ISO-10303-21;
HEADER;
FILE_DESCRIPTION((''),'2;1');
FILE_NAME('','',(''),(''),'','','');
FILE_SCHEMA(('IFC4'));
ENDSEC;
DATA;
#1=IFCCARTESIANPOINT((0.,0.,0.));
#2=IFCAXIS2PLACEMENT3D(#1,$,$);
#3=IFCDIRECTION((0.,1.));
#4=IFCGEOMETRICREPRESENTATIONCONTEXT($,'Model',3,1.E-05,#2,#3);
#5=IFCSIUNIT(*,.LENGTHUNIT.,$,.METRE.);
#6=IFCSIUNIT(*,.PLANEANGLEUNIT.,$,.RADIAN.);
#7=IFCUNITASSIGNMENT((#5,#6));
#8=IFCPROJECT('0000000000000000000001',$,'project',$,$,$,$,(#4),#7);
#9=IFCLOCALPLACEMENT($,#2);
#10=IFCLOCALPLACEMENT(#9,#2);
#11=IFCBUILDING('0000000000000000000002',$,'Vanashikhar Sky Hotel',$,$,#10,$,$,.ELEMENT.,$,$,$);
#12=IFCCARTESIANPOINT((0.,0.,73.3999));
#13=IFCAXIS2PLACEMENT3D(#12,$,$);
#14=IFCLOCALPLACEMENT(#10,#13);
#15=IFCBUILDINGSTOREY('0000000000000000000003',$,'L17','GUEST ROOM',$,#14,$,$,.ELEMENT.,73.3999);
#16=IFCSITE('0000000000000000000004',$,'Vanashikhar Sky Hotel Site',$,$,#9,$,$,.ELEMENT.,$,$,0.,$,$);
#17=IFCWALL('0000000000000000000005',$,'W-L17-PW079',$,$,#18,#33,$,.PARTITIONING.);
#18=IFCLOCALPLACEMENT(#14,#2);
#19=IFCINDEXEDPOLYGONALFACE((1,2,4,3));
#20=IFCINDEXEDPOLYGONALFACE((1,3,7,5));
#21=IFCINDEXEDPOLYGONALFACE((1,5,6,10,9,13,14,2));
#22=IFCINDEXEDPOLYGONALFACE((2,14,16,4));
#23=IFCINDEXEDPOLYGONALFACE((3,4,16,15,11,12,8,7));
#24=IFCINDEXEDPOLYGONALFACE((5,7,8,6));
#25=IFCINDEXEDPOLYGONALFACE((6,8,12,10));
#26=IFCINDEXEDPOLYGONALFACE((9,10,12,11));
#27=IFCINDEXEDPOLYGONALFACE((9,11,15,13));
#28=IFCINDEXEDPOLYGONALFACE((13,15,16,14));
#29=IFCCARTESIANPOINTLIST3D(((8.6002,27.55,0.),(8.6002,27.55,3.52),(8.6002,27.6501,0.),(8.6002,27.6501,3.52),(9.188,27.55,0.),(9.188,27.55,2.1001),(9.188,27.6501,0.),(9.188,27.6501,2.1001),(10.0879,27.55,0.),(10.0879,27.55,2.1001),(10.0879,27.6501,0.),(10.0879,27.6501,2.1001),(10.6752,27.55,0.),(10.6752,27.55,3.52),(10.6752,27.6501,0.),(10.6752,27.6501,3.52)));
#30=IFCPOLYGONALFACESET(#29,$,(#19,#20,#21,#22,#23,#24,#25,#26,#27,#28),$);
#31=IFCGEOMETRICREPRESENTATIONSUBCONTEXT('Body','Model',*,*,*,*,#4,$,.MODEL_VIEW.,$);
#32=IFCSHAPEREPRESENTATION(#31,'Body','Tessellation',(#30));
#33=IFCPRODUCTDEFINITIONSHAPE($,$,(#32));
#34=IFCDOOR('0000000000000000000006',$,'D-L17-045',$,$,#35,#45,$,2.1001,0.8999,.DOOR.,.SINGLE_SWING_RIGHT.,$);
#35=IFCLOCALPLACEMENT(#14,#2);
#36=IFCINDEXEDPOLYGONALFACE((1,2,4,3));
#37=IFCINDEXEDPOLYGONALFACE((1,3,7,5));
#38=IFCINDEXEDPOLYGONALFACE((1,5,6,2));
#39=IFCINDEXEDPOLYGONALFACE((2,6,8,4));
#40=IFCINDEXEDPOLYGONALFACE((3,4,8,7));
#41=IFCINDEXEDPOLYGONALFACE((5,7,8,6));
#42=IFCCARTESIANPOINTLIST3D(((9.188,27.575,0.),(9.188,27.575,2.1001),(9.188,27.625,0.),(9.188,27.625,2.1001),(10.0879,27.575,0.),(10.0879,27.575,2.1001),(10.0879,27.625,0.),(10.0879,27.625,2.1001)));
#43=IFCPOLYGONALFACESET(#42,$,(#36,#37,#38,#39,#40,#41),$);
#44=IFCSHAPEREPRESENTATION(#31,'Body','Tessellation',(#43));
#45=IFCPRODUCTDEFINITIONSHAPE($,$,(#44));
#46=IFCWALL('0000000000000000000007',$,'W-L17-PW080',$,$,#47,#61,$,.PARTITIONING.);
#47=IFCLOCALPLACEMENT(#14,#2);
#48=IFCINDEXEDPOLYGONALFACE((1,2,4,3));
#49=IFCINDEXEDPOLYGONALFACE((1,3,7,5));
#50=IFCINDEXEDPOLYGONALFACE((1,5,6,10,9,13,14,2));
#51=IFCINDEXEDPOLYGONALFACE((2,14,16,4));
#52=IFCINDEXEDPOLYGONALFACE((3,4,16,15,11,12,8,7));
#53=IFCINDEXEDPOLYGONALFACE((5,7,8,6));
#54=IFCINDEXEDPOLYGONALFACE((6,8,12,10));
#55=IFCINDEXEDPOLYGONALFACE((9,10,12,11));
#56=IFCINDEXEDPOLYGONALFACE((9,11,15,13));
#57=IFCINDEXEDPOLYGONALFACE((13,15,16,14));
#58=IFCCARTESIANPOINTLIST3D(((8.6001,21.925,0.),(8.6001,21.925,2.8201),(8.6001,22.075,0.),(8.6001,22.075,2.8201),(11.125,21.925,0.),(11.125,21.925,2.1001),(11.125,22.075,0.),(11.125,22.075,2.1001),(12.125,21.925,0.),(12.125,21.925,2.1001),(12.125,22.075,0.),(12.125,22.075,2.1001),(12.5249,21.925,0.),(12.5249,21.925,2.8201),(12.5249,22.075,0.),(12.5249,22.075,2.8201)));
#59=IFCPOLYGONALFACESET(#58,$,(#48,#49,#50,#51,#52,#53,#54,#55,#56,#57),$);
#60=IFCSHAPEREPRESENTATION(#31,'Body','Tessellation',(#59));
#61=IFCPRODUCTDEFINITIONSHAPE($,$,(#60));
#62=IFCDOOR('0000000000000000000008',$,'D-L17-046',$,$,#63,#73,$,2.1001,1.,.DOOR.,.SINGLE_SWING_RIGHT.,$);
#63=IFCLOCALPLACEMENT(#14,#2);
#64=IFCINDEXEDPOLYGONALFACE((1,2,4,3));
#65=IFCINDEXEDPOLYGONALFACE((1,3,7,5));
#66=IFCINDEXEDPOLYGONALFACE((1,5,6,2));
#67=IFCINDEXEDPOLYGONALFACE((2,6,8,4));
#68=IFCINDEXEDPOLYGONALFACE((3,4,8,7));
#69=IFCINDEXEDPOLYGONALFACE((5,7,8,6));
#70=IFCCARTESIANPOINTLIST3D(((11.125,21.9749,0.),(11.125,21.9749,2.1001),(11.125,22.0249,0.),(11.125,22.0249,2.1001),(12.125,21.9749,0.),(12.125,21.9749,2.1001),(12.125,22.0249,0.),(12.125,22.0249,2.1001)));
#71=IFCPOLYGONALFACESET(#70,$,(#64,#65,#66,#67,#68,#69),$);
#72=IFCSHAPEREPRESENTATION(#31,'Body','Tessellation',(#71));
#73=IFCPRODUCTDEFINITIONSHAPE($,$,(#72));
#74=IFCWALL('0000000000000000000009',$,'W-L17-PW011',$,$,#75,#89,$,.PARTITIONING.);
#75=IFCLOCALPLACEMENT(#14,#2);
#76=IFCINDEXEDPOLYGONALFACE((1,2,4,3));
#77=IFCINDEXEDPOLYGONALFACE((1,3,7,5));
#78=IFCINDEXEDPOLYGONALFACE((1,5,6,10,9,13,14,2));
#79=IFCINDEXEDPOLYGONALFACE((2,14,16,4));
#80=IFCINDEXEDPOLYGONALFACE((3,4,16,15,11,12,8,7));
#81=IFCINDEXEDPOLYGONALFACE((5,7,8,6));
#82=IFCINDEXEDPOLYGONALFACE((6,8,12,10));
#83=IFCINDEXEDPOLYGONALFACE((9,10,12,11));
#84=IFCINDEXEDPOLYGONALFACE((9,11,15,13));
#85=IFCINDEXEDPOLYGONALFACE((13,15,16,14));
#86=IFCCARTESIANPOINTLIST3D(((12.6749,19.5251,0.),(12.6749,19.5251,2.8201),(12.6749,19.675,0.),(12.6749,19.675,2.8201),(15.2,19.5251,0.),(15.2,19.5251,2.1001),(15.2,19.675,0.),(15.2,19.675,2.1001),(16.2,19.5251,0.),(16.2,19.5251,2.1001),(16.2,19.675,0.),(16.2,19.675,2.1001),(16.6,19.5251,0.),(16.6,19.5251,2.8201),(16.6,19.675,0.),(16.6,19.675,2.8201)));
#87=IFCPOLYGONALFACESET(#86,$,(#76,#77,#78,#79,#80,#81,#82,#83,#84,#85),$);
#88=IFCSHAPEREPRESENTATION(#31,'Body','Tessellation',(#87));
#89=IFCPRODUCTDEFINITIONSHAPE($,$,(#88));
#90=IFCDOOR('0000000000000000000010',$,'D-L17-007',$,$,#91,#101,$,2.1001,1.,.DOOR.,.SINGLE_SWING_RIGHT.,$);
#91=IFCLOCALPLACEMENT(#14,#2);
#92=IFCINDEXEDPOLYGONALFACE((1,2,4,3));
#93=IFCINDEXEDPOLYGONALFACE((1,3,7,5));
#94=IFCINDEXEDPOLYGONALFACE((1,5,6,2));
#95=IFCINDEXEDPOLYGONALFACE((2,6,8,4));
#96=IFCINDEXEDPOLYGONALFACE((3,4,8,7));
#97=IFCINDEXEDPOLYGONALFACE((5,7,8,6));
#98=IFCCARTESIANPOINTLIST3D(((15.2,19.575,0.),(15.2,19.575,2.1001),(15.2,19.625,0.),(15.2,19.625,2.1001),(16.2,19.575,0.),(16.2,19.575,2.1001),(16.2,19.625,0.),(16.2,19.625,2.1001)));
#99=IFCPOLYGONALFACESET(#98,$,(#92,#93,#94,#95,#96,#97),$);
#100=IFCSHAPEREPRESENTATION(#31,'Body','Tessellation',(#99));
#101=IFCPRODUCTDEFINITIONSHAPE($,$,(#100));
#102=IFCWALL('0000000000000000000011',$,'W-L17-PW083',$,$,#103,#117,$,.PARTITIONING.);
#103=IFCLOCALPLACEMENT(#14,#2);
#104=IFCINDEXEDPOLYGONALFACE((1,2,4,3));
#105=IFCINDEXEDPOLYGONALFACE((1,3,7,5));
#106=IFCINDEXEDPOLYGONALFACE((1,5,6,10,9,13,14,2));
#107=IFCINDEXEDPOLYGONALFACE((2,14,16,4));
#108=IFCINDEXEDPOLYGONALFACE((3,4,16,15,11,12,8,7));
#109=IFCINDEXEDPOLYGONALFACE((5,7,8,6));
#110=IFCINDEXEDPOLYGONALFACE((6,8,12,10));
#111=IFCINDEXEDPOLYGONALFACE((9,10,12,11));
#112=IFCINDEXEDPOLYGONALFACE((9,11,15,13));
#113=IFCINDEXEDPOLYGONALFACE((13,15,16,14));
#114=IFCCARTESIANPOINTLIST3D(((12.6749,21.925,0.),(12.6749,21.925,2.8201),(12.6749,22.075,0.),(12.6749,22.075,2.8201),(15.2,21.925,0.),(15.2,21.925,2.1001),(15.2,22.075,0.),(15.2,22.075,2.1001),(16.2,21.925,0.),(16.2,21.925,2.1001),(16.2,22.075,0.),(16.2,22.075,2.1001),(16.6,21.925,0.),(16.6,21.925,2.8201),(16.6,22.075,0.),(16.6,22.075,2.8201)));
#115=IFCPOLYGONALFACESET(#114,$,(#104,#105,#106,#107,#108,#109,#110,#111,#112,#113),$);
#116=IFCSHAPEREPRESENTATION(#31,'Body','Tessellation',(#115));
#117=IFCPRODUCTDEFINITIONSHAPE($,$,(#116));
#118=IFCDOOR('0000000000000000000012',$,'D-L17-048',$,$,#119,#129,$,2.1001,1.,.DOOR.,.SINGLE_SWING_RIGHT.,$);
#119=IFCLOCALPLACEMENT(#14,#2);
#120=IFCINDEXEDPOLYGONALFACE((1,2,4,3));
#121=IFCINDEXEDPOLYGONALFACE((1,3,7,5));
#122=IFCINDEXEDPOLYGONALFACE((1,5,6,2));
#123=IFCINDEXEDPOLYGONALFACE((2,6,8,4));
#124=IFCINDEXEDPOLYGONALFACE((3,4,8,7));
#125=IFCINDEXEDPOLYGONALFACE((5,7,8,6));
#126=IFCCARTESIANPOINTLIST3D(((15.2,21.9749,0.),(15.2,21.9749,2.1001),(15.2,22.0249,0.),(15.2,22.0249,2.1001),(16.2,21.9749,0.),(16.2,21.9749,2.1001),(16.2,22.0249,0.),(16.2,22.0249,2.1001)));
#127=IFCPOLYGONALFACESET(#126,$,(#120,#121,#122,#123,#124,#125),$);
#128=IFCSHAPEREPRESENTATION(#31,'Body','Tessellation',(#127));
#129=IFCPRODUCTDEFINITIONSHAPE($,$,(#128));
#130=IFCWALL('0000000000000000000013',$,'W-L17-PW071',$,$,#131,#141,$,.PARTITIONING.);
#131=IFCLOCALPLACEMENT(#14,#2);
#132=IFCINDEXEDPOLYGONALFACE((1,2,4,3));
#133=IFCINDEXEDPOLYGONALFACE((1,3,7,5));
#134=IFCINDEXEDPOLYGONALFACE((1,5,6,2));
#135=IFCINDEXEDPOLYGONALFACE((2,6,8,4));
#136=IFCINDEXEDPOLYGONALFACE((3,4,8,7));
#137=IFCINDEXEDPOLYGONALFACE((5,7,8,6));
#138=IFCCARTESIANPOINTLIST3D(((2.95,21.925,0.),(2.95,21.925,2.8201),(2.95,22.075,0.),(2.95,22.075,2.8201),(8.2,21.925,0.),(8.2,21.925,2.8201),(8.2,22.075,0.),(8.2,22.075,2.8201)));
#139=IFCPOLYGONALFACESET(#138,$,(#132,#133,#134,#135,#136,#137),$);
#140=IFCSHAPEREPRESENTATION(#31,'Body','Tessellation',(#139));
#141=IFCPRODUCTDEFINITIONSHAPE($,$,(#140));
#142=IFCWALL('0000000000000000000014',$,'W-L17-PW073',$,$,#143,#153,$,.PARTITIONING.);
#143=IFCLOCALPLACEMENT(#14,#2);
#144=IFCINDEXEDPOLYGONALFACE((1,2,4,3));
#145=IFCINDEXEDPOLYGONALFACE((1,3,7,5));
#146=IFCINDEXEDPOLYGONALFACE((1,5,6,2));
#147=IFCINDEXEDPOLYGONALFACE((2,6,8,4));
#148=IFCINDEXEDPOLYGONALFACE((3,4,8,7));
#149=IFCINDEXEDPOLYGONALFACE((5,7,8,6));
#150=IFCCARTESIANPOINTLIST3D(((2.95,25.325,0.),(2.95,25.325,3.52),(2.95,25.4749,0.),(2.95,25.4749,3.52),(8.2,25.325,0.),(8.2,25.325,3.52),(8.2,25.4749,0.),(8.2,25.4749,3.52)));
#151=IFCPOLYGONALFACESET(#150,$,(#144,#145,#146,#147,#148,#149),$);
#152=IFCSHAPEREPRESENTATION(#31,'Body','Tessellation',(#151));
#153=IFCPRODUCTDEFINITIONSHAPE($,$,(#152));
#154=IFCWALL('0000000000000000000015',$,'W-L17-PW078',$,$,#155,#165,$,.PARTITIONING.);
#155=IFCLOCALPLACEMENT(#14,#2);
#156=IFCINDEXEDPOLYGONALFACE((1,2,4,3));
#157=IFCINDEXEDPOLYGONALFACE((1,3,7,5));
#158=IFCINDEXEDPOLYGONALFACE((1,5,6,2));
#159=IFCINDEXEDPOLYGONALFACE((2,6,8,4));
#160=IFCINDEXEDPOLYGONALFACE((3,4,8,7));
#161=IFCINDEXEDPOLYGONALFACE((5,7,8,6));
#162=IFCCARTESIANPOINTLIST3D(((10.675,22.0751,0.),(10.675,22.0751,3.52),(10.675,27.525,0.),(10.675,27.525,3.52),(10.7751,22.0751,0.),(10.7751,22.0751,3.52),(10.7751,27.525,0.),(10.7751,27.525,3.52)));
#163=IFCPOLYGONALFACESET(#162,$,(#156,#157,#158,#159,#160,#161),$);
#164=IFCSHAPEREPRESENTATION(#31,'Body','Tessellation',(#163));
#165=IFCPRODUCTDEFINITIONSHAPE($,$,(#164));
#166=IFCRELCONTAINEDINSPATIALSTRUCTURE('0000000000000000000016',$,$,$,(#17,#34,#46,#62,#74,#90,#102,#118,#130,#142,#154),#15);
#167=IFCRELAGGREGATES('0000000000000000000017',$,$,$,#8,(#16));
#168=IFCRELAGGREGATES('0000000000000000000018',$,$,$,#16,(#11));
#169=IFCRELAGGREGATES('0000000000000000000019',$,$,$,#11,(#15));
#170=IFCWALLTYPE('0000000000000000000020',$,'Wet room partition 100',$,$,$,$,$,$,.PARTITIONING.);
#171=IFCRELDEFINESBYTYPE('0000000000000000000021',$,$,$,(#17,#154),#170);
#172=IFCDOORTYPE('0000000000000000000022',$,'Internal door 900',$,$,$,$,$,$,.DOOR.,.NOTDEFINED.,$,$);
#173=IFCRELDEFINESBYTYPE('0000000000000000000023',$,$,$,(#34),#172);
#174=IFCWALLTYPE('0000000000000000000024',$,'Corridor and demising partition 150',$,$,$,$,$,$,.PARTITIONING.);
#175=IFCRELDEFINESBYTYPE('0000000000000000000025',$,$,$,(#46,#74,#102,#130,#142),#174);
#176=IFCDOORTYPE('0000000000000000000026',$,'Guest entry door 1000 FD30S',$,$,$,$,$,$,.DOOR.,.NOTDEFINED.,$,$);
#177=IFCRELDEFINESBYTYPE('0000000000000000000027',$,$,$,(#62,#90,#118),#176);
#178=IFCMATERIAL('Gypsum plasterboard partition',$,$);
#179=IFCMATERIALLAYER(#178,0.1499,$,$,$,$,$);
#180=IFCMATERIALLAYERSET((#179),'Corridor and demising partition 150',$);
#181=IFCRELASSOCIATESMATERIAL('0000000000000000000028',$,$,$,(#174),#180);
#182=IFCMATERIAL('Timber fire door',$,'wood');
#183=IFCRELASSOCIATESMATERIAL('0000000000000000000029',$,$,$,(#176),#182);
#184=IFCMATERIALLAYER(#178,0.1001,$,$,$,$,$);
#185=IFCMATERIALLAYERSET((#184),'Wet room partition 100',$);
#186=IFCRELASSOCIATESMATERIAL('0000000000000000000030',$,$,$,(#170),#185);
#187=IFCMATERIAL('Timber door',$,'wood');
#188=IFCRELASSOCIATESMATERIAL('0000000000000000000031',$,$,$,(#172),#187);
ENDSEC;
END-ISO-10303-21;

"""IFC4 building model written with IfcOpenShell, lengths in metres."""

from ifc_helpers import new_model, si_unit, direction, frame, frame_2d, origin, place, context, subcontext, project, spatial, rectangle, extrude, source, transform, mapped, material, layer, layer_set, type_object, element, fill, save


model = new_model("IFC4")

# Units and contexts
model_context = context("Model", 3, precision=1e-05, world=origin(), true_north=direction((0.0, 1.0)))
body_context = subcontext(model_context, "Body", "Model", "MODEL_VIEW")
ifc_project = project(units=[si_unit("LENGTHUNIT", "METRE"), si_unit("PLANEANGLEUNIT", "RADIAN")], contexts=[model_context])

# Site, building, storey
site_placement = place(None, origin())
site = spatial("IfcSite", under=ifc_project, at=site_placement, Name="Vanashikhar Sky Hotel Site", CompositionType="ELEMENT", RefElevation=0.0)
building_placement = place(site_placement, origin())
building = spatial("IfcBuilding", under=site, at=building_placement, Name="Vanashikhar Sky Hotel", CompositionType="ELEMENT")
storey_placement = place(building_placement, frame((0.0, 0.0, 73.3999)))
storey = spatial("IfcBuildingStorey", under=building, at=storey_placement, Name="L17", Description="GUEST ROOM", CompositionType="ELEMENT", Elevation=73.3999)

# Walls, openings, doors
ifc_material_1 = material(Name="Gypsum plasterboard partition")
ifc_layer_1 = layer(ifc_material_1, 0.1499)
ifc_layer_set_1 = layer_set([ifc_layer_1], Name="Corridor and demising partition 150")
wall_type_1 = type_object("IfcWallType", Name="Corridor and demising partition 150", PredefinedType="PARTITIONING", material=ifc_layer_set_1)
shared_shape_1 = source(origin(), body_context, "Body", "SweptSolid", [
    extrude(rectangle(XDim=1.0, YDim=2.1001, at=frame_2d((0.5, 1.05))), frame((0.0, 0.085, 0.0), z_axis=(0.0, -1.0, 0.0), x_axis=(1.0, 0.0, 0.0)), (0.0, 0.0, 1.0), 0.1699),
])
ifc_material_2 = material(Name="Timber fire door", Category="wood")
door_type_1 = type_object("IfcDoorType", Name="Guest entry door 1000 FD30S", OperationType="NOTDEFINED", PredefinedType="DOOR", material=ifc_material_2)
shared_shape_2 = source(origin(), body_context, "Body", "SweptSolid", [
    extrude(rectangle(XDim=1.0, YDim=2.1001, at=frame_2d((0.5, 1.05))), frame((0.0, 0.0249, 0.0), z_axis=(0.0, -1.0, 0.0), x_axis=(1.0, 0.0, 0.0)), (0.0, 0.0, 1.0), 0.05),
])
ifc_layer_2 = layer(ifc_material_1, 0.1001)
ifc_layer_set_2 = layer_set([ifc_layer_2], Name="Wet room partition 100")
wall_type_2 = type_object("IfcWallType", Name="Wet room partition 100", PredefinedType="PARTITIONING", material=ifc_layer_set_2)
shared_shape_3 = source(origin(), body_context, "Body", "SweptSolid", [
    extrude(rectangle(XDim=2.075, YDim=0.1001, at=frame_2d((1.0376, 0.0))), origin(), (0.0, 0.0, 1.0), 3.52),
])
wall_1_placement = place(storey_placement, frame((8.6001, 27.6001, 0.0), z_axis=(0.0, 0.0, 1.0), x_axis=(1.0, 0.0, 0.0)))
wall_1 = element("IfcWall", 1, at=wall_1_placement, inside=storey, type_object=wall_type_2, Name="W-L17-PW079", PredefinedType="PARTITIONING", context=body_context, shape_type="MappedRepresentation", body=[
    mapped(shared_shape_3, transform((0.0, 0.0, 0.0), scale=1.0)),
])
shared_shape_4 = source(origin(), body_context, "Body", "SweptSolid", [
    extrude(rectangle(XDim=0.8999, YDim=2.1001, at=frame_2d((0.45, 1.05))), frame((0.0, 0.0601, 0.0), z_axis=(0.0, -1.0, 0.0), x_axis=(1.0, 0.0, 0.0)), (0.0, 0.0, 1.0), 0.1201),
])
opening_1_placement = place(wall_1_placement, frame((0.5879, 0.0, 0.0)))
opening_1 = element("IfcOpeningElement", 2, at=opening_1_placement, cuts=wall_1, PredefinedType="OPENING", context=body_context, shape_type="MappedRepresentation", body=[
    mapped(shared_shape_4, transform((0.0, 0.0, 0.0), scale=1.0)),
])
ifc_material_3 = material(Name="Timber door", Category="wood")
door_type_2 = type_object("IfcDoorType", Name="Internal door 900", OperationType="NOTDEFINED", PredefinedType="DOOR", material=ifc_material_3)
shared_shape_5 = source(origin(), body_context, "Body", "SweptSolid", [
    extrude(rectangle(XDim=0.8999, YDim=2.1001, at=frame_2d((0.45, 1.05))), frame((0.0, 0.0249, 0.0), z_axis=(0.0, -1.0, 0.0), x_axis=(1.0, 0.0, 0.0)), (0.0, 0.0, 1.0), 0.05),
])
door_1_placement = place(opening_1_placement, origin())
door_1 = element("IfcDoor", 3, at=door_1_placement, inside=storey, type_object=door_type_2, Name="D-L17-045", OperationType="SINGLE_SWING_RIGHT", OverallHeight=2.1001, OverallWidth=0.8999, PredefinedType="DOOR", context=body_context, shape_type="MappedRepresentation", body=[
    mapped(shared_shape_5, transform((0.0, 0.0, 0.0), scale=1.0)),
])
fill(opening_1, door_1)
shared_shape_6 = source(origin(), body_context, "Body", "SweptSolid", [
    extrude(rectangle(XDim=3.9248, YDim=0.1499, at=frame_2d((1.9624, 0.0))), origin(), (0.0, 0.0, 1.0), 2.8201),
])
wall_2_placement = place(storey_placement, frame((8.6001, 22.0, 0.0), z_axis=(0.0, 0.0, 1.0), x_axis=(1.0, 0.0, 0.0)))
wall_2 = element("IfcWall", 4, at=wall_2_placement, inside=storey, type_object=wall_type_1, Name="W-L17-PW080", PredefinedType="PARTITIONING", context=body_context, shape_type="MappedRepresentation", body=[
    mapped(shared_shape_6, transform((0.0, 0.0, 0.0), scale=1.0)),
])
opening_2_placement = place(wall_2_placement, frame((2.5249, 0.0, 0.0)))
opening_2 = element("IfcOpeningElement", 5, at=opening_2_placement, cuts=wall_2, PredefinedType="OPENING", context=body_context, shape_type="MappedRepresentation", body=[
    mapped(shared_shape_1, transform((0.0, 0.0, 0.0), scale=1.0)),
])
door_2_placement = place(opening_2_placement, origin())
door_2 = element("IfcDoor", 6, at=door_2_placement, inside=storey, type_object=door_type_1, Name="D-L17-046", OperationType="SINGLE_SWING_RIGHT", OverallHeight=2.1001, OverallWidth=1.0, PredefinedType="DOOR", context=body_context, shape_type="MappedRepresentation", body=[
    mapped(shared_shape_2, transform((0.0, 0.0, 0.0), scale=1.0)),
])
fill(opening_2, door_2)
shared_shape_7 = source(origin(), body_context, "Body", "SweptSolid", [
    extrude(rectangle(XDim=3.925, YDim=0.1499, at=frame_2d((1.9624, 0.0))), origin(), (0.0, 0.0, 1.0), 2.8201),
])
wall_3_placement = place(storey_placement, frame((12.675, 19.6001, 0.0), z_axis=(0.0, 0.0, 1.0), x_axis=(1.0, 0.0, 0.0)))
wall_3 = element("IfcWall", 7, at=wall_3_placement, inside=storey, type_object=wall_type_1, Name="W-L17-PW011", PredefinedType="PARTITIONING", context=body_context, shape_type="MappedRepresentation", body=[
    mapped(shared_shape_7, transform((0.0, 0.0, 0.0), scale=1.0)),
])
opening_3_placement = place(wall_3_placement, frame((2.5249, 0.0, 0.0)))
opening_3 = element("IfcOpeningElement", 8, at=opening_3_placement, cuts=wall_3, PredefinedType="OPENING", context=body_context, shape_type="MappedRepresentation", body=[
    mapped(shared_shape_1, transform((0.0, 0.0, 0.0), scale=1.0)),
])
door_3_placement = place(opening_3_placement, origin())
door_3 = element("IfcDoor", 9, at=door_3_placement, inside=storey, type_object=door_type_1, Name="D-L17-007", OperationType="SINGLE_SWING_RIGHT", OverallHeight=2.1001, OverallWidth=1.0, PredefinedType="DOOR", context=body_context, shape_type="MappedRepresentation", body=[
    mapped(shared_shape_2, transform((0.0, 0.0, 0.0), scale=1.0)),
])
fill(opening_3, door_3)
wall_4_placement = place(storey_placement, frame((12.675, 22.0, 0.0), z_axis=(0.0, 0.0, 1.0), x_axis=(1.0, 0.0, 0.0)))
wall_4 = element("IfcWall", 10, at=wall_4_placement, inside=storey, type_object=wall_type_1, Name="W-L17-PW083", PredefinedType="PARTITIONING", context=body_context, shape_type="MappedRepresentation", body=[
    mapped(shared_shape_7, transform((0.0, 0.0, 0.0), scale=1.0)),
])
opening_4_placement = place(wall_4_placement, frame((2.5249, 0.0, 0.0)))
opening_4 = element("IfcOpeningElement", 11, at=opening_4_placement, cuts=wall_4, PredefinedType="OPENING", context=body_context, shape_type="MappedRepresentation", body=[
    mapped(shared_shape_1, transform((0.0, 0.0, 0.0), scale=1.0)),
])
door_4_placement = place(opening_4_placement, origin())
door_4 = element("IfcDoor", 12, at=door_4_placement, inside=storey, type_object=door_type_1, Name="D-L17-048", OperationType="SINGLE_SWING_RIGHT", OverallHeight=2.1001, OverallWidth=1.0, PredefinedType="DOOR", context=body_context, shape_type="MappedRepresentation", body=[
    mapped(shared_shape_2, transform((0.0, 0.0, 0.0), scale=1.0)),
])
fill(opening_4, door_4)

# Walls
shared_shape_8 = source(origin(), body_context, "Body", "SweptSolid", [
    extrude(rectangle(XDim=5.25, YDim=0.1499, at=frame_2d((2.625, 0.0))), origin(), (0.0, 0.0, 1.0), 2.8201),
])
wall_5_placement = place(storey_placement, frame((2.95, 22.0, 0.0), z_axis=(0.0, 0.0, 1.0), x_axis=(1.0, 0.0, 0.0)))
element("IfcWall", 13, at=wall_5_placement, inside=storey, type_object=wall_type_1, Name="W-L17-PW071", PredefinedType="PARTITIONING", context=body_context, shape_type="MappedRepresentation", body=[
    mapped(shared_shape_8, transform((0.0, 0.0, 0.0), scale=1.0)),
])
shared_shape_9 = source(origin(), body_context, "Body", "SweptSolid", [
    extrude(rectangle(XDim=5.25, YDim=0.1499, at=frame_2d((2.625, 0.0))), origin(), (0.0, 0.0, 1.0), 3.52),
])
wall_6_placement = place(storey_placement, frame((2.95, 25.3999, 0.0), z_axis=(0.0, 0.0, 1.0), x_axis=(1.0, 0.0, 0.0)))
element("IfcWall", 14, at=wall_6_placement, inside=storey, type_object=wall_type_1, Name="W-L17-PW073", PredefinedType="PARTITIONING", context=body_context, shape_type="MappedRepresentation", body=[
    mapped(shared_shape_9, transform((0.0, 0.0, 0.0), scale=1.0)),
])
shared_shape_10 = source(origin(), body_context, "Body", "SweptSolid", [
    extrude(rectangle(XDim=5.45, YDim=0.1001, at=frame_2d((2.7251, 0.0))), origin(), (0.0, 0.0, 1.0), 3.52),
])
wall_7_placement = place(storey_placement, frame((10.7251, 22.075, 0.0), z_axis=(0.0, 0.0, 1.0), x_axis=(0.0, 1.0, 0.0)))
element("IfcWall", 15, at=wall_7_placement, inside=storey, type_object=wall_type_2, Name="W-L17-PW078", PredefinedType="PARTITIONING", context=body_context, shape_type="MappedRepresentation", body=[
    mapped(shared_shape_10, transform((0.0, 0.0, 0.0), scale=1.0)),
])

save(model, "model.ifc")
